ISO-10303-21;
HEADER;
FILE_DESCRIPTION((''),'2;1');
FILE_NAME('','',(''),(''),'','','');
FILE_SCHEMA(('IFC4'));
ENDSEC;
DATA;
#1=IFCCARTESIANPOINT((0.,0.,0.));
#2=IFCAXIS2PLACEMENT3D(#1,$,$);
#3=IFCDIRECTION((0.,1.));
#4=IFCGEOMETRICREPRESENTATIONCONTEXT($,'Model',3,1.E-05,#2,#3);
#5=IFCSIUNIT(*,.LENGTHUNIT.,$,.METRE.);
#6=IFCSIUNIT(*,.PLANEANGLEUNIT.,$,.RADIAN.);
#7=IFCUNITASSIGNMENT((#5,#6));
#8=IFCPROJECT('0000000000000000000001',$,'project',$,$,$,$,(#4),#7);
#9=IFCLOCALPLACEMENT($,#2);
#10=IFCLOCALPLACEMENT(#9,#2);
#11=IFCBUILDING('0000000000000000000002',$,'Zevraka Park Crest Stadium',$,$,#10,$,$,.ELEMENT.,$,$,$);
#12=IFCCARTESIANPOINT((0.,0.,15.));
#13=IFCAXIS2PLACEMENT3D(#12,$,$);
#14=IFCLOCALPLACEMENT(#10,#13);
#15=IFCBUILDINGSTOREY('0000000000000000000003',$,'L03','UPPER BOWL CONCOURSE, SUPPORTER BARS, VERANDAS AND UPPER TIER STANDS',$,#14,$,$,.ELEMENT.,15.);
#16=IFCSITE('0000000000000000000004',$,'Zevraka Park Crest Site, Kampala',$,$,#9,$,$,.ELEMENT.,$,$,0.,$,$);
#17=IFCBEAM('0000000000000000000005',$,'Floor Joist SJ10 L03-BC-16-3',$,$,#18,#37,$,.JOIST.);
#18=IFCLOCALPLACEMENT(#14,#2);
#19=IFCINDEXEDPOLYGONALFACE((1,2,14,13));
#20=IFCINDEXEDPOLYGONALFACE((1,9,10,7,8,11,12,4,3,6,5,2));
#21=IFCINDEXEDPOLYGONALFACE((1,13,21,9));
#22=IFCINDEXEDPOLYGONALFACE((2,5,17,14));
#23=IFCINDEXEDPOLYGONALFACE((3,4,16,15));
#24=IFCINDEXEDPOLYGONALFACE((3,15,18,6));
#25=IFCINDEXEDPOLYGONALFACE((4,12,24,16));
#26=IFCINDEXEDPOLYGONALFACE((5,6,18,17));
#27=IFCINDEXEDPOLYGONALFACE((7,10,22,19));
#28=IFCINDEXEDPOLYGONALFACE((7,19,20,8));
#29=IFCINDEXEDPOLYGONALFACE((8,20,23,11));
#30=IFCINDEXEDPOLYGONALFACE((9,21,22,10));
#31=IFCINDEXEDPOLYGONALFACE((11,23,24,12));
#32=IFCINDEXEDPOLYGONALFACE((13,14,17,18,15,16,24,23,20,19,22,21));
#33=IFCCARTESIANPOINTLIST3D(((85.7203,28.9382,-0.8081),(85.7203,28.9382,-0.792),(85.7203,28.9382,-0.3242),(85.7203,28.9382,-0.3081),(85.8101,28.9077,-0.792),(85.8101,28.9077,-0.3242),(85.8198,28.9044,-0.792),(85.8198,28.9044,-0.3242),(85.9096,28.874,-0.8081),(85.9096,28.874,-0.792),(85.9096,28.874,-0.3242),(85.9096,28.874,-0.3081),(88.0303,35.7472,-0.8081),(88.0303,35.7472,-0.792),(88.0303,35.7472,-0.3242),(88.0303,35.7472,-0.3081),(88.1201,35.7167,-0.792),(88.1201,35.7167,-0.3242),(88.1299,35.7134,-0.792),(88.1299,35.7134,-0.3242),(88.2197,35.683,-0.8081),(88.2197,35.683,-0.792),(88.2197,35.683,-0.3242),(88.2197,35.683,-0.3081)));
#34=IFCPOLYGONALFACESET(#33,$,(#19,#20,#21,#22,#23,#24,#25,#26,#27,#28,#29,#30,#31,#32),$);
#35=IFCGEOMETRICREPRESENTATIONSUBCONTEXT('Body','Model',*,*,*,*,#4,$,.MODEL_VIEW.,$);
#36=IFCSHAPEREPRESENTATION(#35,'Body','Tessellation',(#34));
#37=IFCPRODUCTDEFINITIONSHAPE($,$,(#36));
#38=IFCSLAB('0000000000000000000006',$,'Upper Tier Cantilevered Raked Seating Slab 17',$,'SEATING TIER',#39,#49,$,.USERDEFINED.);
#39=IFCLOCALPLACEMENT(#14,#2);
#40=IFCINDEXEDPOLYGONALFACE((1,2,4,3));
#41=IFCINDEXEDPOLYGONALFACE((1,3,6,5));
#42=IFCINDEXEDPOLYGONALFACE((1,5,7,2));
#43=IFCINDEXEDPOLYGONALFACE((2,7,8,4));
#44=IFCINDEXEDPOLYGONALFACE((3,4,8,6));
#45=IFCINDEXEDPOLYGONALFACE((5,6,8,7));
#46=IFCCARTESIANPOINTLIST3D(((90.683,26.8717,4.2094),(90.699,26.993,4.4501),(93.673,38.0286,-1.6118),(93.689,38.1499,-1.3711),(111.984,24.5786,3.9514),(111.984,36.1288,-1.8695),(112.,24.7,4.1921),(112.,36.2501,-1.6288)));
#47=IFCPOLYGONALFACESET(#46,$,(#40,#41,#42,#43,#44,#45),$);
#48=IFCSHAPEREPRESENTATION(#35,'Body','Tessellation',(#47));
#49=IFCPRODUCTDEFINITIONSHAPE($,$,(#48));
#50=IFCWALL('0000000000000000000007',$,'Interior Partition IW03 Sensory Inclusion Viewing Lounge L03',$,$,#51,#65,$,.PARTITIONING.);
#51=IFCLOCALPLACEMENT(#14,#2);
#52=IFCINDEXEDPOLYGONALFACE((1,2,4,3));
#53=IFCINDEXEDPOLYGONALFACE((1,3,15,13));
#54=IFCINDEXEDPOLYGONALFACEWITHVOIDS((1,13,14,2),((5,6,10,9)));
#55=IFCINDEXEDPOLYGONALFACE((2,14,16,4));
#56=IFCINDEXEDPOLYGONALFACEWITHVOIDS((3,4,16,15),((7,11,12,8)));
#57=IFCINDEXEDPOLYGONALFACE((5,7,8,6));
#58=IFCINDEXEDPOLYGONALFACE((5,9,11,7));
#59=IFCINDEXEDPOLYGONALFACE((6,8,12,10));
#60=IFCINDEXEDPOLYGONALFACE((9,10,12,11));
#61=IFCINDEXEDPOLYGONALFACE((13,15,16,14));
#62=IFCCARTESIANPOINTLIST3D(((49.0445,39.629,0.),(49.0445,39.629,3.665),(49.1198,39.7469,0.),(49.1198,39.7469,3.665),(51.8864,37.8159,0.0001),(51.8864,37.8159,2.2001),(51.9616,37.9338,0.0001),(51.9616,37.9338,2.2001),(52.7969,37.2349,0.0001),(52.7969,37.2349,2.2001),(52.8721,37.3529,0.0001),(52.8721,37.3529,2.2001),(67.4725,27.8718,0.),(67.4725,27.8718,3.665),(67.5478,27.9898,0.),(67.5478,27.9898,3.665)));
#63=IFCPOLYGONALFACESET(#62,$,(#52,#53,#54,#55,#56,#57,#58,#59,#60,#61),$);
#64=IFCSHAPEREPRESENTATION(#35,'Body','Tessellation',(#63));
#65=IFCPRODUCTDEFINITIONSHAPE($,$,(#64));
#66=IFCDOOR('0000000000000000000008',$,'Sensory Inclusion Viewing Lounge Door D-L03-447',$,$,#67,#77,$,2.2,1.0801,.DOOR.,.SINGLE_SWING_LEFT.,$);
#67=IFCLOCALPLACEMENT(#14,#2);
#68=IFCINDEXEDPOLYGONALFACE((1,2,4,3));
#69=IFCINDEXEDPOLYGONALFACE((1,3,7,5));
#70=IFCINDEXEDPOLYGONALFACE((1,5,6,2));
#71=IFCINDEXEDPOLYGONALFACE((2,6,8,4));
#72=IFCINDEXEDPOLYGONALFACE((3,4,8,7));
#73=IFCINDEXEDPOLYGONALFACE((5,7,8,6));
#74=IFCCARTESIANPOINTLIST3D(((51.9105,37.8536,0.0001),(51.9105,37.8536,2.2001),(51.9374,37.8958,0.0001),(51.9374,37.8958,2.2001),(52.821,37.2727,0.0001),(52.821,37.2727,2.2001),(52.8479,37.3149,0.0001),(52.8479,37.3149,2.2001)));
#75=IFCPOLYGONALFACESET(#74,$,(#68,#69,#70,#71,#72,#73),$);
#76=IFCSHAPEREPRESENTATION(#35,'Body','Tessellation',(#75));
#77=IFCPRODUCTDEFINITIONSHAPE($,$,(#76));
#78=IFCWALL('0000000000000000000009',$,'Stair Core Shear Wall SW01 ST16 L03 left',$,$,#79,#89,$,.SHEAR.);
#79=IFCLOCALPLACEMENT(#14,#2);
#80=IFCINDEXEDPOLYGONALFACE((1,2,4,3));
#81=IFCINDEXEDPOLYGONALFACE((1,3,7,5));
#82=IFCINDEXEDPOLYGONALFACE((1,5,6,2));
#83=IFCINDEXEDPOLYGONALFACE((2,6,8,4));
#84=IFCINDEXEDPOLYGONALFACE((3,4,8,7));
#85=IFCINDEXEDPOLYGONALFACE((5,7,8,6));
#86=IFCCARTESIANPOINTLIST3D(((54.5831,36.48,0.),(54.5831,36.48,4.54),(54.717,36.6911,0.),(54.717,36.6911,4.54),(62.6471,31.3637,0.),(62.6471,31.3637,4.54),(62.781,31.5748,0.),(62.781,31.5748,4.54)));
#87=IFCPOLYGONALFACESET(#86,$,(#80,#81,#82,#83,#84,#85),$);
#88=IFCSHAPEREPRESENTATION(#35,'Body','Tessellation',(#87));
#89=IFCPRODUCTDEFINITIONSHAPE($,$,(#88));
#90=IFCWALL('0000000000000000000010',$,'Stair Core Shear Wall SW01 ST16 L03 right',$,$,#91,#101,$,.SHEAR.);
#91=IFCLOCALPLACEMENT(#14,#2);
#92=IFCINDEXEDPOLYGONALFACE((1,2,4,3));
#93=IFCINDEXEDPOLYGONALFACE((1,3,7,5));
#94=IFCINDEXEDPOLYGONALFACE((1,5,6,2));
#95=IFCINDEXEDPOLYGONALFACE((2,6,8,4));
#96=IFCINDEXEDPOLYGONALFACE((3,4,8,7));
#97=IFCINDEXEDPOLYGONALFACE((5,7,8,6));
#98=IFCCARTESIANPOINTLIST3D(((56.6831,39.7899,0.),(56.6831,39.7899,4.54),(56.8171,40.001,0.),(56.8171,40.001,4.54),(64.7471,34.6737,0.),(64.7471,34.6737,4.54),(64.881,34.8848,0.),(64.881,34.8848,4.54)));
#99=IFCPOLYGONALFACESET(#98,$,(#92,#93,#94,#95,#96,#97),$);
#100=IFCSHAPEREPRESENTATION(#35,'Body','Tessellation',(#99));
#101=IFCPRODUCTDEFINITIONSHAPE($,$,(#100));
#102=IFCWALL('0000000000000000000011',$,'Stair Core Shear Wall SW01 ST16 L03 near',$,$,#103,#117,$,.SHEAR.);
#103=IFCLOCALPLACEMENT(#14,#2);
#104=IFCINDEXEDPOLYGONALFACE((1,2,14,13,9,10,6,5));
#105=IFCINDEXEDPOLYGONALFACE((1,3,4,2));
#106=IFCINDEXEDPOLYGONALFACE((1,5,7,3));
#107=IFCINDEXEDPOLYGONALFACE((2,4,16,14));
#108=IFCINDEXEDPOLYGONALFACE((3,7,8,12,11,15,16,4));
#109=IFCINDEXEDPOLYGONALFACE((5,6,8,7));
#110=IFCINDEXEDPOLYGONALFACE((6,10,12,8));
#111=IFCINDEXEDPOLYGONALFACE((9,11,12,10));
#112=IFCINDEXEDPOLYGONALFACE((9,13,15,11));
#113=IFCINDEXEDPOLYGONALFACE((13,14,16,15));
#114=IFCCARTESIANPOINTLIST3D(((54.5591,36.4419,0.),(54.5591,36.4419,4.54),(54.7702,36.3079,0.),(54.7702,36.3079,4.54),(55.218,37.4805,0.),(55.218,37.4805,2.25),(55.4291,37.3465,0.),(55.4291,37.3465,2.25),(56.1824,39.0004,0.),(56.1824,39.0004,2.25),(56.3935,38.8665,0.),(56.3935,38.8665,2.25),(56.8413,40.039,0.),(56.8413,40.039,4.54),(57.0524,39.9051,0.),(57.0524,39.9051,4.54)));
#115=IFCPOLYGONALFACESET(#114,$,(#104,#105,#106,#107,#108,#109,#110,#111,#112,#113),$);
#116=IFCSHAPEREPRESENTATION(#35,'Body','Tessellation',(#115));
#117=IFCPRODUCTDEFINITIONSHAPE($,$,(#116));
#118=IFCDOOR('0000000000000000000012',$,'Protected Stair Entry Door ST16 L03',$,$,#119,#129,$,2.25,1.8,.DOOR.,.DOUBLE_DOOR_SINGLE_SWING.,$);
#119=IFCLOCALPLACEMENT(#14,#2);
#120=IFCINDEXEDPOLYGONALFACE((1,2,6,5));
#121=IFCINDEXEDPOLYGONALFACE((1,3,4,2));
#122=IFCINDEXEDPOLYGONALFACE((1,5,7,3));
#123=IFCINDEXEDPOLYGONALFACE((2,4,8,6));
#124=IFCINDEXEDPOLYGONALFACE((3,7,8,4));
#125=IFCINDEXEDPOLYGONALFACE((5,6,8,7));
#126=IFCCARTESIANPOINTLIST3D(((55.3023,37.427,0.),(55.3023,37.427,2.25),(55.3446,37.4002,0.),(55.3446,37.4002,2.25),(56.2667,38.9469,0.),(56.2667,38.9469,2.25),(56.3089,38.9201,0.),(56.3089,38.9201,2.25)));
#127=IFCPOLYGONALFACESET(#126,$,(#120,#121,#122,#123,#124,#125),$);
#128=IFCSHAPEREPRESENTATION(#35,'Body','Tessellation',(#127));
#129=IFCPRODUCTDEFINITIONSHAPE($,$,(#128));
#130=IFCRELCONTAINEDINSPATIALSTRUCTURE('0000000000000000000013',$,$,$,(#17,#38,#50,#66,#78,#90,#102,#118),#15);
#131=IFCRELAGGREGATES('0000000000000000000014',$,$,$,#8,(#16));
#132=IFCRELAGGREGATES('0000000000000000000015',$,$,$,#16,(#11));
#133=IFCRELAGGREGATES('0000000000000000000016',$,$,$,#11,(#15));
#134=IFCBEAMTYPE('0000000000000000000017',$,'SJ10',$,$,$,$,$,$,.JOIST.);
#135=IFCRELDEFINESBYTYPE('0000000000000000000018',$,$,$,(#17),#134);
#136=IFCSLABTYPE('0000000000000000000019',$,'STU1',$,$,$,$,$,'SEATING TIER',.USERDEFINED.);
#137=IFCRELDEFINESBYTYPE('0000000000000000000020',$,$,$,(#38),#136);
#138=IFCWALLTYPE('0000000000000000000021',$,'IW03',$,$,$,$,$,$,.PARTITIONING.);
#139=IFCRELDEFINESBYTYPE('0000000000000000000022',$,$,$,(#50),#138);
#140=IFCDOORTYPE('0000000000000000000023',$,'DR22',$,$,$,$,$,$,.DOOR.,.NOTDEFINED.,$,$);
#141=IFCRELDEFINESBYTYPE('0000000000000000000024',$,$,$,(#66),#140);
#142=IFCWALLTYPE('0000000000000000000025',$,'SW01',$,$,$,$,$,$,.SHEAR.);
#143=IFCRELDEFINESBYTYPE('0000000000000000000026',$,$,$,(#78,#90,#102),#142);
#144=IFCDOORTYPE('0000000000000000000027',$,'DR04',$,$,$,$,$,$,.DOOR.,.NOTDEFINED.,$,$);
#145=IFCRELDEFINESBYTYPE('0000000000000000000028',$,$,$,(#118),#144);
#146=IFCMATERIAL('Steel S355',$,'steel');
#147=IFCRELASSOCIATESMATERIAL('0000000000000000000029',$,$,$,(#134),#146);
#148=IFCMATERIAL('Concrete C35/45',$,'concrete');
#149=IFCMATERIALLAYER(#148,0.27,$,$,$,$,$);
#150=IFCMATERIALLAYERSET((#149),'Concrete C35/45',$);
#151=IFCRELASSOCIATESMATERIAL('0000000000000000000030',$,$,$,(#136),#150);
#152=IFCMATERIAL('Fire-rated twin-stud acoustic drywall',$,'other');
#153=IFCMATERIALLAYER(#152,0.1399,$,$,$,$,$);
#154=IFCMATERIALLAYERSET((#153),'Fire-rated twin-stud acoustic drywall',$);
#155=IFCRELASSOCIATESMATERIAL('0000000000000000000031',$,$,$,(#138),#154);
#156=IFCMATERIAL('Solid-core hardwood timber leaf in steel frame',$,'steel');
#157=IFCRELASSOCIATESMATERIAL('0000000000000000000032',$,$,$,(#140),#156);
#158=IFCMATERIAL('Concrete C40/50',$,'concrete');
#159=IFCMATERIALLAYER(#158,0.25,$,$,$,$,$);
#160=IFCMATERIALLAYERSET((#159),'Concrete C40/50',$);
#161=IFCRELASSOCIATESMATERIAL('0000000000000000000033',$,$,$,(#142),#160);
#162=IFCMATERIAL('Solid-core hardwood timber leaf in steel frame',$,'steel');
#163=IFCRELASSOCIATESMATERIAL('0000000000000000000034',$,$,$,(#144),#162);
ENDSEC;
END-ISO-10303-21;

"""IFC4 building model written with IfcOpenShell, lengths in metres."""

from ifc_helpers import new_model, si_unit, direction, frame, frame_2d, origin, origin_2d, place, context, subcontext, project, spatial, polyline, rectangle, i_section, outline, extrude, material, layer, layer_set, material_profile, profile_set, type_object, element, fill, save


model = new_model("IFC4")

# Units and contexts
model_context = context("Model", 3, precision=1e-05, world=origin(), true_north=direction((0.0, 1.0)))
body_context = subcontext(model_context, "Body", "Model", "MODEL_VIEW")
ifc_project = project(units=[si_unit("LENGTHUNIT", "METRE"), si_unit("PLANEANGLEUNIT", "RADIAN")], contexts=[model_context])

# Site, building, storey
site_placement = place(None, origin())
site = spatial("IfcSite", under=ifc_project, at=site_placement, Name="Zevraka Park Crest Site, Kampala", CompositionType="ELEMENT", RefElevation=0.0)
building_placement = place(site_placement, origin())
building = spatial("IfcBuilding", under=site, at=building_placement, Name="Zevraka Park Crest Stadium", CompositionType="ELEMENT")
storey_placement = place(building_placement, frame((0.0, 0.0, 15.0)))
storey = spatial("IfcBuildingStorey", under=building, at=storey_placement, Name="L03", Description="UPPER BOWL CONCOURSE, SUPPORTER BARS, VERANDAS AND UPPER TIER STANDS", CompositionType="ELEMENT", Elevation=15.0)

# Beam
ifc_material_1 = material(Name="Steel S355", Category="steel")
ifc_material_profile_1 = material_profile(ifc_material_1, i_section(OverallWidth=0.2, OverallDepth=0.5, WebThickness=0.0103, FlangeThickness=0.0161, at=origin_2d()), Name="IPE 500")
ifc_profile_set_1 = profile_set([ifc_material_profile_1], Name="Steel S355")
beam_type_1 = type_object("IfcBeamType", Name="SJ10", PredefinedType="JOIST", material=ifc_profile_set_1)
beam_1_placement = place(storey_placement, frame((88.125, 35.7151, -0.5581), z_axis=(-0.321276, -0.946986, 0.0), x_axis=(0.946986, -0.321276, 0.0)))
element("IfcBeam", 1, at=beam_1_placement, inside=storey, type_object=beam_type_1, Name="Floor Joist SJ10 L03-BC-16-3", PredefinedType="JOIST", context=body_context, shape_type="SweptSolid", body=[
    extrude(i_section(OverallWidth=0.2, OverallDepth=0.5, WebThickness=0.0103, FlangeThickness=0.0161, at=origin_2d()), origin(), (0.0, 0.0, 1.0), 7.1902),
])

# Slab
ifc_material_2 = material(Name="Concrete C35/45", Category="concrete")
ifc_layer_1 = layer(ifc_material_2, 0.27)
ifc_layer_set_1 = layer_set([ifc_layer_1], Name="Concrete C35/45")
slab_type = type_object("IfcSlabType", Name="STU1", ElementType="SEATING TIER", PredefinedType="USERDEFINED", material=ifc_layer_set_1)
slab_placement = place(storey_placement, frame((93.689, 38.1499, -1.3711), z_axis=(0.059157, 0.44926, 0.891441), x_axis=(0.994563, -0.10319, -0.013996)))
element("IfcSlab", 2, at=slab_placement, inside=storey, type_object=slab_type, Name="Upper Tier Cantilevered Raked Seating Slab 17", ObjectType="SEATING TIER", PredefinedType="USERDEFINED", context=body_context, shape_type="SweptSolid", body=[
    extrude(outline(polyline([(0.0, 0.0), (18.4111, 0.0), (19.5215, -12.8862), (-1.9039, -12.7937), (0.0, 0.0)])), origin(), (0.0, 0.0, -1.0), 0.27),
])

# Wall, opening, door
ifc_material_3 = material(Name="Fire-rated twin-stud acoustic drywall", Category="other")
ifc_layer_2 = layer(ifc_material_3, 0.1399)
ifc_layer_set_2 = layer_set([ifc_layer_2], Name="Fire-rated twin-stud acoustic drywall")
wall_type_1 = type_object("IfcWallType", Name="IW03", PredefinedType="PARTITIONING", material=ifc_layer_set_2)
wall_1_placement = place(storey_placement, frame((49.082, 39.688, 0.0), z_axis=(0.0, 0.0, 1.0), x_axis=(0.843035, -0.537858, 0.0)))
wall_1 = element("IfcWall", 3, at=wall_1_placement, inside=storey, type_object=wall_type_1, Name="Interior Partition IW03 Sensory Inclusion Viewing Lounge L03", PredefinedType="PARTITIONING", context=body_context, shape_type="SweptSolid", body=[
    extrude(rectangle(XDim=21.8591, YDim=0.1399, at=frame_2d((10.9297, 0.0))), origin(), (0.0, 0.0, 1.0), 3.665),
])
opening_1_placement = place(wall_1_placement, frame((3.3711, 0.0, 0.0)))
opening_1 = element("IfcOpeningElement", 4, at=opening_1_placement, cuts=wall_1, PredefinedType="OPENING", context=body_context, shape_type="SweptSolid", body=[
    extrude(rectangle(XDim=1.0801, YDim=2.2, at=frame_2d((0.54, 1.1001))), frame((0.0, 0.0798, 0.0), z_axis=(0.0, -1.0, 0.0), x_axis=(1.0, 0.0, 0.0)), (0.0, 0.0, 1.0), 0.1599),
])
ifc_material_4 = material(Name="Solid-core hardwood timber leaf in steel frame", Category="steel")
door_type_1 = type_object("IfcDoorType", Name="DR22", OperationType="NOTDEFINED", PredefinedType="DOOR", material=ifc_material_4)
door_1_placement = place(opening_1_placement, origin())
door_1 = element("IfcDoor", 5, at=door_1_placement, inside=storey, type_object=door_type_1, Name="Sensory Inclusion Viewing Lounge Door D-L03-447", OperationType="SINGLE_SWING_LEFT", OverallHeight=2.2, OverallWidth=1.0801, PredefinedType="DOOR", context=body_context, shape_type="SweptSolid", body=[
    extrude(rectangle(XDim=1.0801, YDim=2.2, at=frame_2d((0.54, 1.1001))), frame((0.0, 0.0249, 0.0), z_axis=(0.0, -1.0, 0.0), x_axis=(1.0, 0.0, 0.0)), (0.0, 0.0, 1.0), 0.05),
])
fill(opening_1, door_1)

# Walls
ifc_material_5 = material(Name="Concrete C40/50", Category="concrete")
ifc_layer_3 = layer(ifc_material_5, 0.25)
ifc_layer_set_3 = layer_set([ifc_layer_3], Name="Concrete C40/50")
wall_type_2 = type_object("IfcWallType", Name="SW01", PredefinedType="SHEAR", material=ifc_layer_set_3)
for number, where, z_axis, x_axis, name in (
    (6, (54.6501, 36.5854, 0.0), (0.0, 0.0, 1.0), (0.844391, -0.535727, 0.0), "Stair Core Shear Wall SW01 ST16 L03 left"),
    (7, (64.814, 34.7793, 0.0), (0.0, 0.0, 1.0), (-0.844391, 0.535727, 0.0), "Stair Core Shear Wall SW01 ST16 L03 right"),
):
    element("IfcWall", number, at=place(storey_placement, frame(where, z_axis=z_axis, x_axis=x_axis)), inside=storey, type_object=wall_type_2, Name=name, PredefinedType="SHEAR", context=body_context, shape_type="SweptSolid", body=[
        extrude(rectangle(XDim=9.55, YDim=0.25, at=frame_2d((4.7749, 0.0))), origin(), (0.0, 0.0, 1.0), 4.54),
    ])

# Wall, opening, door
wall_2_placement = place(storey_placement, frame((56.9468, 39.9719, 0.0), z_axis=(0.0, 0.0, 1.0), x_axis=(-0.535725, -0.844392, 0.0)))
wall_2 = element("IfcWall", 8, at=wall_2_placement, inside=storey, type_object=wall_type_2, Name="Stair Core Shear Wall SW01 ST16 L03 near", PredefinedType="SHEAR", context=body_context, shape_type="SweptSolid", body=[
    extrude(rectangle(XDim=4.26, YDim=0.25, at=frame_2d((2.1299, 0.0))), origin(), (0.0, 0.0, 1.0), 4.54),
])
opening_2_placement = place(wall_2_placement, frame((1.23, 0.0, 0.0)))
opening_2 = element("IfcOpeningElement", 9, at=opening_2_placement, cuts=wall_2, PredefinedType="OPENING", context=body_context, shape_type="SweptSolid", body=[
    extrude(rectangle(XDim=1.8, YDim=2.25, at=frame_2d((0.8999, 1.125))), frame((0.0, 0.135, 0.0), z_axis=(0.0, -1.0, 0.0), x_axis=(1.0, 0.0, 0.0)), (0.0, 0.0, 1.0), 0.27),
])
ifc_material_6 = material(Name="Solid-core hardwood timber leaf in steel frame", Category="steel")
door_type_2 = type_object("IfcDoorType", Name="DR04", OperationType="NOTDEFINED", PredefinedType="DOOR", material=ifc_material_6)
door_2_placement = place(opening_2_placement, origin())
door_2 = element("IfcDoor", 10, at=door_2_placement, inside=storey, type_object=door_type_2, Name="Protected Stair Entry Door ST16 L03", OperationType="DOUBLE_DOOR_SINGLE_SWING", OverallHeight=2.25, OverallWidth=1.8, PredefinedType="DOOR", context=body_context, shape_type="SweptSolid", body=[
    extrude(rectangle(XDim=1.8, YDim=2.25, at=frame_2d((0.8999, 1.125))), frame((0.0, 0.0249, 0.0), z_axis=(0.0, -1.0, 0.0), x_axis=(1.0, 0.0, 0.0)), (0.0, 0.0, 1.0), 0.05),
])
fill(opening_2, door_2)

save(model, "model.ifc")
